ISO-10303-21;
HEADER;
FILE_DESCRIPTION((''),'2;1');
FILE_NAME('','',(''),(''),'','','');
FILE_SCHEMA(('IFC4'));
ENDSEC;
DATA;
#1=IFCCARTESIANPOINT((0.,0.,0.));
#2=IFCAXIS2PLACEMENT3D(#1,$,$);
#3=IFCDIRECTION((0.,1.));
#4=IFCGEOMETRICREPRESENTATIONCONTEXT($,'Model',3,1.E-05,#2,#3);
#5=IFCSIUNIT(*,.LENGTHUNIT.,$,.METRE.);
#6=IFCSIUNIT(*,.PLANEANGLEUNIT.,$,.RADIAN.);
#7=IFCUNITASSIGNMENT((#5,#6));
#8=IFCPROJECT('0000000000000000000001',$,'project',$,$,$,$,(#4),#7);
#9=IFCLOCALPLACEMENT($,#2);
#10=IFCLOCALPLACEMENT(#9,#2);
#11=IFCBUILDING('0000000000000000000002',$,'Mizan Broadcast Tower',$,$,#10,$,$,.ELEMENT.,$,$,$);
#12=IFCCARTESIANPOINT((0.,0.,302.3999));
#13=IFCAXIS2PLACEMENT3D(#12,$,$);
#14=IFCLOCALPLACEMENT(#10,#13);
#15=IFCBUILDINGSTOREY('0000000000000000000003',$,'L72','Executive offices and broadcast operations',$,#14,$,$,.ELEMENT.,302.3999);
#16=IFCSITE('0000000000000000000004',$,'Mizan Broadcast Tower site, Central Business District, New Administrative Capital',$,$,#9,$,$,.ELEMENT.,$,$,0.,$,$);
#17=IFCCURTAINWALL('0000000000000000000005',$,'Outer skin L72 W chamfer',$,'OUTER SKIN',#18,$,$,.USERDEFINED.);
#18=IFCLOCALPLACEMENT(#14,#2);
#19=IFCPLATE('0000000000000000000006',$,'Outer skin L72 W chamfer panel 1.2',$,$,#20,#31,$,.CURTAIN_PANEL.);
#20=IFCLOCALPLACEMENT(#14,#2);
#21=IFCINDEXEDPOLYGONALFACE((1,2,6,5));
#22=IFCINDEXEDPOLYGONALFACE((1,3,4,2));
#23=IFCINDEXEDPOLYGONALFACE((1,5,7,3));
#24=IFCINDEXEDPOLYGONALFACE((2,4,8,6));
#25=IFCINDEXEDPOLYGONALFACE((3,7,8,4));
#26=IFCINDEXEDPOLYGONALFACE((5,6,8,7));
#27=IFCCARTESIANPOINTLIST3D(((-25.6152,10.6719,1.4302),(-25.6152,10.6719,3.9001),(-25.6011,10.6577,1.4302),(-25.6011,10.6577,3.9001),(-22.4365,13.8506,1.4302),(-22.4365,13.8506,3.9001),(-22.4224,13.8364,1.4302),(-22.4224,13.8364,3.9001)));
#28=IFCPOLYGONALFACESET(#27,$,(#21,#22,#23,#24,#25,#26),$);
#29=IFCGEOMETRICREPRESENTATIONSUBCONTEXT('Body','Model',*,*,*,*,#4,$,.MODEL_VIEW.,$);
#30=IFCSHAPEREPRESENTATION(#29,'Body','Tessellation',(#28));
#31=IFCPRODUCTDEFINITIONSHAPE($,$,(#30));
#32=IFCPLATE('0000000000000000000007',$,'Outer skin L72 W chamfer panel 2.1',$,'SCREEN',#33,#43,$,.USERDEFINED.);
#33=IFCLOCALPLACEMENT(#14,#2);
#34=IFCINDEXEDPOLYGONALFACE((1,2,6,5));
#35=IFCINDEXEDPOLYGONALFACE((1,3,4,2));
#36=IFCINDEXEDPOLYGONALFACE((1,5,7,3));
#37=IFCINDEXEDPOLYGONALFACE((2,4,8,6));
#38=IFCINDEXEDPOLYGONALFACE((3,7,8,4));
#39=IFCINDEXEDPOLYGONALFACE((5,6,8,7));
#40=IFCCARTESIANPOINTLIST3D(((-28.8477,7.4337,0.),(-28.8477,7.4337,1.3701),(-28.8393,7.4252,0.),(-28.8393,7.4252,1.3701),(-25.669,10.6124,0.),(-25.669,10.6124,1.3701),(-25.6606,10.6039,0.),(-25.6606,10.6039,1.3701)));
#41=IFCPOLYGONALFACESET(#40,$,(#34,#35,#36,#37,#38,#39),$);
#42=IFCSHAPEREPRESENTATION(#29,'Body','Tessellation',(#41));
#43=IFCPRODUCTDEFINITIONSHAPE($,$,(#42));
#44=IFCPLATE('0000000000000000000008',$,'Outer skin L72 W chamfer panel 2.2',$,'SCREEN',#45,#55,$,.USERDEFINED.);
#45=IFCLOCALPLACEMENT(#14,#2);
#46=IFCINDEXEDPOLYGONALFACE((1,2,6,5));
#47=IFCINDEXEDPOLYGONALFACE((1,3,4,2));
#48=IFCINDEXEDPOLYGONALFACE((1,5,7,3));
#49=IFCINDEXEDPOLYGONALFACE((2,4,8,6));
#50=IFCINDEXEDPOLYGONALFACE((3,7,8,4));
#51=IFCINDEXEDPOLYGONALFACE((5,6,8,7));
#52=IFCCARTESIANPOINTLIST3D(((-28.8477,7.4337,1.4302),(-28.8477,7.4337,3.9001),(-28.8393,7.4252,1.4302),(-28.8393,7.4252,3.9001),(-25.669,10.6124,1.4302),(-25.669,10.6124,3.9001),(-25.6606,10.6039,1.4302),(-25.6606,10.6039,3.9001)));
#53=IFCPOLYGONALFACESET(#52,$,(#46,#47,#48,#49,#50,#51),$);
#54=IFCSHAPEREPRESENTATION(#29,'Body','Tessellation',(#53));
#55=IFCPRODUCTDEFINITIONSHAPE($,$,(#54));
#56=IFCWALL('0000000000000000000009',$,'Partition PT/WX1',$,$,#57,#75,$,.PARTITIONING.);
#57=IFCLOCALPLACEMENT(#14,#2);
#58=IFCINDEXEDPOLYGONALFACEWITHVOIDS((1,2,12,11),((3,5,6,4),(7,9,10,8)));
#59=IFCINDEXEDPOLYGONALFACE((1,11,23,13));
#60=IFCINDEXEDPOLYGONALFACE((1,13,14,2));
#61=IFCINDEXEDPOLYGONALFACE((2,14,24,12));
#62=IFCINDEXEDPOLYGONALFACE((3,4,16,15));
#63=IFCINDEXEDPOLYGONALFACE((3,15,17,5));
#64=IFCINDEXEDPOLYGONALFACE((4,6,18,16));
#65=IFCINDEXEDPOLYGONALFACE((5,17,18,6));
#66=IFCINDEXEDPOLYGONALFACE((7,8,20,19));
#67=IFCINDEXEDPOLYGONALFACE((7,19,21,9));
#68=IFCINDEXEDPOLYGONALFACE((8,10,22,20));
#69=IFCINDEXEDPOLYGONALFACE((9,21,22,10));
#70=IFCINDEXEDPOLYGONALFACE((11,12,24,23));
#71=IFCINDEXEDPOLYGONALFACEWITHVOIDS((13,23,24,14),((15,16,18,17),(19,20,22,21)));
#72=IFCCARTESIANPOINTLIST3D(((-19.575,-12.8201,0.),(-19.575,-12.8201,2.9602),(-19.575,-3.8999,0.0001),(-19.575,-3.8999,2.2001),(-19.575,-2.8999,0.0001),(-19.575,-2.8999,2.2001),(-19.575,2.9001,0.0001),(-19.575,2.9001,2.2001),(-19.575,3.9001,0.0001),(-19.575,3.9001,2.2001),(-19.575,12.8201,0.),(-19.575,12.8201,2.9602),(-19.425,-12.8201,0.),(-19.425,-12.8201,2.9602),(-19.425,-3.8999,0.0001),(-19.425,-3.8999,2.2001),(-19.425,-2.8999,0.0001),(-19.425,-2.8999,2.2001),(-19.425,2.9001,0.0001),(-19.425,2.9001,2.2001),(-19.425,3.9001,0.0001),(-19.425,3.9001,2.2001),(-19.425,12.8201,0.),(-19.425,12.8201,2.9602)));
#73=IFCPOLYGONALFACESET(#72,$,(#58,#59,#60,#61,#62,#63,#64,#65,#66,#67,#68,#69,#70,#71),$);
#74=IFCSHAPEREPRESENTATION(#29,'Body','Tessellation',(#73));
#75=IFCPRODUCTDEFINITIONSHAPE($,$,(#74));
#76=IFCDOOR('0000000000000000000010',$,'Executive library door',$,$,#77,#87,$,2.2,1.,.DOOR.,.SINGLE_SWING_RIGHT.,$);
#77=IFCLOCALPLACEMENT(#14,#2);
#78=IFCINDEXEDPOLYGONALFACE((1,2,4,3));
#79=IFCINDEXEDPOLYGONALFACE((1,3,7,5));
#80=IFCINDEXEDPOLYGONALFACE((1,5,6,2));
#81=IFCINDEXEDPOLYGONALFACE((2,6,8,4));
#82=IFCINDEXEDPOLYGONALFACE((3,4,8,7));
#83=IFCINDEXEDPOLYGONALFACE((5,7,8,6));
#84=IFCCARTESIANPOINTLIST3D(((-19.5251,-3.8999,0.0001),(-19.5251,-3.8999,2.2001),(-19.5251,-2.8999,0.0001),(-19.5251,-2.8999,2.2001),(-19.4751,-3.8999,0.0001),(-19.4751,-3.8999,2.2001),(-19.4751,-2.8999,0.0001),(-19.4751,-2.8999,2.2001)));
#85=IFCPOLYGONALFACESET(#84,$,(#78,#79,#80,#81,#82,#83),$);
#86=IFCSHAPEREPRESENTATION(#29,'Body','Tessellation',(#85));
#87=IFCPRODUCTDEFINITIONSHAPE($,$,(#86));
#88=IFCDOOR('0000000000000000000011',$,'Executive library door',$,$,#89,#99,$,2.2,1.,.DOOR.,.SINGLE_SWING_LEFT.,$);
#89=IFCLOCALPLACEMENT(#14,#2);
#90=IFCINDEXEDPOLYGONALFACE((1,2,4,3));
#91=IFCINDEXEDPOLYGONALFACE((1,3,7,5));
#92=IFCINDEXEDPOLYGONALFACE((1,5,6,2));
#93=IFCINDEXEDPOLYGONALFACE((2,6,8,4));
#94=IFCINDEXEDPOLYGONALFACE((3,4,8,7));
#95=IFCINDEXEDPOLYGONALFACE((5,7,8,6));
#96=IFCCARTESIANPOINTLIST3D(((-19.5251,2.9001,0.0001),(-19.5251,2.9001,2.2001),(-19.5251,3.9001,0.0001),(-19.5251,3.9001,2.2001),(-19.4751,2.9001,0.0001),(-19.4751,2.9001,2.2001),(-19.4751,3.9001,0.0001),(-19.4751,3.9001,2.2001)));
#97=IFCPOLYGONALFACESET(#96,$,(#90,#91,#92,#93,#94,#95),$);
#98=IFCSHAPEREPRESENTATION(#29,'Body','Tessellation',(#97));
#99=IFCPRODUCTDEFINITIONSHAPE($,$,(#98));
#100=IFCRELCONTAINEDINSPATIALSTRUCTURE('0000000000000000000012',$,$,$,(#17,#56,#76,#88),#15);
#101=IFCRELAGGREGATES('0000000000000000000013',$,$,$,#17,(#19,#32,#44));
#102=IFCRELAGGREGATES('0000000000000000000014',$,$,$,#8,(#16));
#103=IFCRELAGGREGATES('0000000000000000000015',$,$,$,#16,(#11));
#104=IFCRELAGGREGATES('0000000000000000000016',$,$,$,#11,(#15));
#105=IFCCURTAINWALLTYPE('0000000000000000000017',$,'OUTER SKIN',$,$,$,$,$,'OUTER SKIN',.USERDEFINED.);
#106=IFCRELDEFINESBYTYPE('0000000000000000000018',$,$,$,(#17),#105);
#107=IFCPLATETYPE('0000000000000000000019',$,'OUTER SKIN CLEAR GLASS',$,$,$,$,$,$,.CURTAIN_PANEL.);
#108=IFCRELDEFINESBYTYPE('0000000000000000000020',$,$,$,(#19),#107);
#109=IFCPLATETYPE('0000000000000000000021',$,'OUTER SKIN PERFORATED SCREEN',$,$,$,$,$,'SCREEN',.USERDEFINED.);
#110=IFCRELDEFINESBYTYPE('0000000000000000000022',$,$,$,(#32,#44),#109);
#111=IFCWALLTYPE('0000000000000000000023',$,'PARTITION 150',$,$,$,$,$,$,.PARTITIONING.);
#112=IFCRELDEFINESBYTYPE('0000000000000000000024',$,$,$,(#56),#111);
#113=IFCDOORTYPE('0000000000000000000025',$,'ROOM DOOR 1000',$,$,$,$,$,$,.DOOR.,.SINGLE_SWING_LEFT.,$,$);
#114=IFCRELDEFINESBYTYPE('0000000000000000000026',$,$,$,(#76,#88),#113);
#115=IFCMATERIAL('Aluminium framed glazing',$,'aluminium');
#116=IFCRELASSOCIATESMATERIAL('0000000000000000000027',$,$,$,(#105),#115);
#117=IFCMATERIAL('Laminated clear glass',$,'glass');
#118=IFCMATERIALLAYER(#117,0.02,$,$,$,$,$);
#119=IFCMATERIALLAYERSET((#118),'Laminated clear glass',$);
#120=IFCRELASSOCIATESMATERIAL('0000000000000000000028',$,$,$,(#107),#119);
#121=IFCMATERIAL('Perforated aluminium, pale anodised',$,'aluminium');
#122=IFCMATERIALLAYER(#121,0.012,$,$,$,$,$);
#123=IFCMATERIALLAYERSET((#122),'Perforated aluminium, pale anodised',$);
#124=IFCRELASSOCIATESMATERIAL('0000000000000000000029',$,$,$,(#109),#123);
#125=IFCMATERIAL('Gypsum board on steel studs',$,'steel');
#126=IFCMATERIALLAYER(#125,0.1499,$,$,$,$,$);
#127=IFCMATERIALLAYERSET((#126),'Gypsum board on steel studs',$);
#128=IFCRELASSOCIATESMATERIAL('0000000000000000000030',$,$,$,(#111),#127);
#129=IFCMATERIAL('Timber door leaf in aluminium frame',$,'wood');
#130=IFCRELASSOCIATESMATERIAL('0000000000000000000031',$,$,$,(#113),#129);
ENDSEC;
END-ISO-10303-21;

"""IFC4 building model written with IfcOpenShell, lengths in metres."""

from ifc_helpers import new_model, si_unit, direction, frame, frame_2d, origin, origin_2d, place, context, subcontext, project, spatial, rectangle, extrude, material, layer, layer_set, type_object, element, fill, aggregate, save


model = new_model("IFC4")

# Units and contexts
model_context = context("Model", 3, precision=1e-05, world=origin(), true_north=direction((0.0, 1.0)))
body_context = subcontext(model_context, "Body", "Model", "MODEL_VIEW")
ifc_project = project(units=[si_unit("LENGTHUNIT", "METRE"), si_unit("PLANEANGLEUNIT", "RADIAN")], contexts=[model_context])

# Site, building, storey
site_placement = place(None, origin())
site = spatial("IfcSite", under=ifc_project, at=site_placement, Name="Mizan Broadcast Tower site, Central Business District, New Administrative Capital", CompositionType="ELEMENT", RefElevation=0.0)
building_placement = place(site_placement, origin())
building = spatial("IfcBuilding", under=site, at=building_placement, Name="Mizan Broadcast Tower", CompositionType="ELEMENT")
storey_placement = place(building_placement, frame((0.0, 0.0, 302.3999)))
storey = spatial("IfcBuildingStorey", under=building, at=storey_placement, Name="L72", Description="Executive offices and broadcast operations", CompositionType="ELEMENT", Elevation=302.3999)

# Shared definitions
ifc_material_1 = material(Name="Aluminium framed glazing", Category="aluminium")
curtain_wall_type_1 = type_object("IfcCurtainWallType", Name="OUTER SKIN", ElementType="OUTER SKIN", PredefinedType="USERDEFINED", material=ifc_material_1)

# Curtain wall
curtain_wall_1_placement = place(storey_placement, origin())
curtain_wall_1 = element("IfcCurtainWall", 1, at=curtain_wall_1_placement, inside=storey, type_object=curtain_wall_type_1, Name="Outer skin L72 W chamfer", ObjectType="OUTER SKIN", PredefinedType="USERDEFINED")

# Plates
ifc_material_2 = material(Name="Laminated clear glass", Category="glass")
ifc_layer_1 = layer(ifc_material_2, 0.02)
ifc_layer_set_1 = layer_set([ifc_layer_1], Name="Laminated clear glass")
plate_type_1 = type_object("IfcPlateType", Name="OUTER SKIN CLEAR GLASS", PredefinedType="CURTAIN_PANEL", material=ifc_layer_set_1)
plate_1_placement = place(storey_placement, frame((-24.0188, 12.2542, 1.4302), z_axis=(0.0, 0.0, 1.0), x_axis=(-0.707107, -0.707107, 0.0)))
plate_1 = element("IfcPlate", 2, at=plate_1_placement, type_object=plate_type_1, Name="Outer skin L72 W chamfer panel 1.2", PredefinedType="CURTAIN_PANEL", context=body_context, shape_type="SweptSolid", body=[
    extrude(rectangle(XDim=4.4954, YDim=0.02, at=origin_2d()), origin(), (0.0, 0.0, 1.0), 2.47),
])
ifc_material_3 = material(Name="Perforated aluminium, pale anodised", Category="aluminium")
ifc_layer_2 = layer(ifc_material_3, 0.012)
ifc_layer_set_2 = layer_set([ifc_layer_2], Name="Perforated aluminium, pale anodised")
plate_type_2 = type_object("IfcPlateType", Name="OUTER SKIN PERFORATED SCREEN", ElementType="SCREEN", PredefinedType="USERDEFINED", material=ifc_layer_set_2)
plate_2_placement = place(storey_placement, frame((-27.2542, 9.0188, 0.0), z_axis=(0.0, 0.0, 1.0), x_axis=(-0.707107, -0.707107, 0.0)))
plate_2 = element("IfcPlate", 3, at=plate_2_placement, type_object=plate_type_2, Name="Outer skin L72 W chamfer panel 2.1", ObjectType="SCREEN", PredefinedType="USERDEFINED", context=body_context, shape_type="SweptSolid", body=[
    extrude(rectangle(XDim=4.4954, YDim=0.012, at=origin_2d()), origin(), (0.0, 0.0, 1.0), 1.3701),
])
plate_3_placement = place(storey_placement, frame((-27.2542, 9.0188, 1.4302), z_axis=(0.0, 0.0, 1.0), x_axis=(-0.707107, -0.707107, 0.0)))
plate_3 = element("IfcPlate", 4, at=plate_3_placement, type_object=plate_type_2, Name="Outer skin L72 W chamfer panel 2.2", ObjectType="SCREEN", PredefinedType="USERDEFINED", context=body_context, shape_type="SweptSolid", body=[
    extrude(rectangle(XDim=4.4954, YDim=0.012, at=origin_2d()), origin(), (0.0, 0.0, 1.0), 2.47),
])
aggregate(curtain_wall_1, [plate_1, plate_2, plate_3])

# Wall, openings, doors
ifc_material_4 = material(Name="Gypsum board on steel studs", Category="steel")
ifc_layer_3 = layer(ifc_material_4, 0.1499)
ifc_layer_set_3 = layer_set([ifc_layer_3], Name="Gypsum board on steel studs")
wall_type = type_object("IfcWallType", Name="PARTITION 150", PredefinedType="PARTITIONING", material=ifc_layer_set_3)
wall_placement = place(storey_placement, frame((-19.5, 12.8201, 0.0), z_axis=(0.0, 0.0, 1.0), x_axis=(0.0, -1.0, 0.0)))
wall = element("IfcWall", 5, at=wall_placement, inside=storey, type_object=wall_type, Name="Partition PT/WX1", PredefinedType="PARTITIONING", context=body_context, shape_type="SweptSolid", body=[
    extrude(rectangle(XDim=25.6401, YDim=0.1499, at=frame_2d((12.8201, 0.0))), origin(), (0.0, 0.0, 1.0), 2.9602),
])
opening_1_placement = place(wall_placement, frame((15.72, 0.0, 0.0)))
opening_1 = element("IfcOpeningElement", 6, at=opening_1_placement, cuts=wall, PredefinedType="OPENING", context=body_context, shape_type="SweptSolid", body=[
    extrude(rectangle(XDim=1.0, YDim=2.2, at=frame_2d((0.5, 1.1001))), frame((0.0, 0.085, 0.0), z_axis=(0.0, -1.0, 0.0), x_axis=(1.0, 0.0, 0.0)), (0.0, 0.0, 1.0), 0.1699),
])
opening_2_placement = place(wall_placement, frame((8.9199, 0.0, 0.0)))
opening_2 = element("IfcOpeningElement", 7, at=opening_2_placement, cuts=wall, PredefinedType="OPENING", context=body_context, shape_type="SweptSolid", body=[
    extrude(rectangle(XDim=1.0, YDim=2.2, at=frame_2d((0.5, 1.1001))), frame((0.0, 0.085, 0.0), z_axis=(0.0, -1.0, 0.0), x_axis=(1.0, 0.0, 0.0)), (0.0, 0.0, 1.0), 0.1699),
])
ifc_material_5 = material(Name="Timber door leaf in aluminium frame", Category="wood")
door_type = type_object("IfcDoorType", Name="ROOM DOOR 1000", OperationType="SINGLE_SWING_LEFT", PredefinedType="DOOR", material=ifc_material_5)
door_1_placement = place(opening_1_placement, origin())
door_1 = element("IfcDoor", 8, at=door_1_placement, inside=storey, type_object=door_type, Name="Executive library door", OperationType="SINGLE_SWING_RIGHT", OverallHeight=2.2, OverallWidth=1.0, PredefinedType="DOOR", context=body_context, shape_type="SweptSolid", body=[
    extrude(rectangle(XDim=1.0, YDim=2.2, at=frame_2d((0.5, 1.1001))), frame((0.0, 0.0249, 0.0), z_axis=(0.0, -1.0, 0.0), x_axis=(1.0, 0.0, 0.0)), (0.0, 0.0, 1.0), 0.05),
])
fill(opening_1, door_1)
door_2_placement = place(opening_2_placement, origin())
door_2 = element("IfcDoor", 9, at=door_2_placement, inside=storey, type_object=door_type, Name="Executive library door", OperationType="SINGLE_SWING_LEFT", OverallHeight=2.2, OverallWidth=1.0, PredefinedType="DOOR", context=body_context, shape_type="SweptSolid", body=[
    extrude(rectangle(XDim=1.0, YDim=2.2, at=frame_2d((0.5, 1.1001))), frame((0.0, 0.0249, 0.0), z_axis=(0.0, -1.0, 0.0), x_axis=(1.0, 0.0, 0.0)), (0.0, 0.0, 1.0), 0.05),
])
fill(opening_2, door_2)

save(model, "model.ifc")
